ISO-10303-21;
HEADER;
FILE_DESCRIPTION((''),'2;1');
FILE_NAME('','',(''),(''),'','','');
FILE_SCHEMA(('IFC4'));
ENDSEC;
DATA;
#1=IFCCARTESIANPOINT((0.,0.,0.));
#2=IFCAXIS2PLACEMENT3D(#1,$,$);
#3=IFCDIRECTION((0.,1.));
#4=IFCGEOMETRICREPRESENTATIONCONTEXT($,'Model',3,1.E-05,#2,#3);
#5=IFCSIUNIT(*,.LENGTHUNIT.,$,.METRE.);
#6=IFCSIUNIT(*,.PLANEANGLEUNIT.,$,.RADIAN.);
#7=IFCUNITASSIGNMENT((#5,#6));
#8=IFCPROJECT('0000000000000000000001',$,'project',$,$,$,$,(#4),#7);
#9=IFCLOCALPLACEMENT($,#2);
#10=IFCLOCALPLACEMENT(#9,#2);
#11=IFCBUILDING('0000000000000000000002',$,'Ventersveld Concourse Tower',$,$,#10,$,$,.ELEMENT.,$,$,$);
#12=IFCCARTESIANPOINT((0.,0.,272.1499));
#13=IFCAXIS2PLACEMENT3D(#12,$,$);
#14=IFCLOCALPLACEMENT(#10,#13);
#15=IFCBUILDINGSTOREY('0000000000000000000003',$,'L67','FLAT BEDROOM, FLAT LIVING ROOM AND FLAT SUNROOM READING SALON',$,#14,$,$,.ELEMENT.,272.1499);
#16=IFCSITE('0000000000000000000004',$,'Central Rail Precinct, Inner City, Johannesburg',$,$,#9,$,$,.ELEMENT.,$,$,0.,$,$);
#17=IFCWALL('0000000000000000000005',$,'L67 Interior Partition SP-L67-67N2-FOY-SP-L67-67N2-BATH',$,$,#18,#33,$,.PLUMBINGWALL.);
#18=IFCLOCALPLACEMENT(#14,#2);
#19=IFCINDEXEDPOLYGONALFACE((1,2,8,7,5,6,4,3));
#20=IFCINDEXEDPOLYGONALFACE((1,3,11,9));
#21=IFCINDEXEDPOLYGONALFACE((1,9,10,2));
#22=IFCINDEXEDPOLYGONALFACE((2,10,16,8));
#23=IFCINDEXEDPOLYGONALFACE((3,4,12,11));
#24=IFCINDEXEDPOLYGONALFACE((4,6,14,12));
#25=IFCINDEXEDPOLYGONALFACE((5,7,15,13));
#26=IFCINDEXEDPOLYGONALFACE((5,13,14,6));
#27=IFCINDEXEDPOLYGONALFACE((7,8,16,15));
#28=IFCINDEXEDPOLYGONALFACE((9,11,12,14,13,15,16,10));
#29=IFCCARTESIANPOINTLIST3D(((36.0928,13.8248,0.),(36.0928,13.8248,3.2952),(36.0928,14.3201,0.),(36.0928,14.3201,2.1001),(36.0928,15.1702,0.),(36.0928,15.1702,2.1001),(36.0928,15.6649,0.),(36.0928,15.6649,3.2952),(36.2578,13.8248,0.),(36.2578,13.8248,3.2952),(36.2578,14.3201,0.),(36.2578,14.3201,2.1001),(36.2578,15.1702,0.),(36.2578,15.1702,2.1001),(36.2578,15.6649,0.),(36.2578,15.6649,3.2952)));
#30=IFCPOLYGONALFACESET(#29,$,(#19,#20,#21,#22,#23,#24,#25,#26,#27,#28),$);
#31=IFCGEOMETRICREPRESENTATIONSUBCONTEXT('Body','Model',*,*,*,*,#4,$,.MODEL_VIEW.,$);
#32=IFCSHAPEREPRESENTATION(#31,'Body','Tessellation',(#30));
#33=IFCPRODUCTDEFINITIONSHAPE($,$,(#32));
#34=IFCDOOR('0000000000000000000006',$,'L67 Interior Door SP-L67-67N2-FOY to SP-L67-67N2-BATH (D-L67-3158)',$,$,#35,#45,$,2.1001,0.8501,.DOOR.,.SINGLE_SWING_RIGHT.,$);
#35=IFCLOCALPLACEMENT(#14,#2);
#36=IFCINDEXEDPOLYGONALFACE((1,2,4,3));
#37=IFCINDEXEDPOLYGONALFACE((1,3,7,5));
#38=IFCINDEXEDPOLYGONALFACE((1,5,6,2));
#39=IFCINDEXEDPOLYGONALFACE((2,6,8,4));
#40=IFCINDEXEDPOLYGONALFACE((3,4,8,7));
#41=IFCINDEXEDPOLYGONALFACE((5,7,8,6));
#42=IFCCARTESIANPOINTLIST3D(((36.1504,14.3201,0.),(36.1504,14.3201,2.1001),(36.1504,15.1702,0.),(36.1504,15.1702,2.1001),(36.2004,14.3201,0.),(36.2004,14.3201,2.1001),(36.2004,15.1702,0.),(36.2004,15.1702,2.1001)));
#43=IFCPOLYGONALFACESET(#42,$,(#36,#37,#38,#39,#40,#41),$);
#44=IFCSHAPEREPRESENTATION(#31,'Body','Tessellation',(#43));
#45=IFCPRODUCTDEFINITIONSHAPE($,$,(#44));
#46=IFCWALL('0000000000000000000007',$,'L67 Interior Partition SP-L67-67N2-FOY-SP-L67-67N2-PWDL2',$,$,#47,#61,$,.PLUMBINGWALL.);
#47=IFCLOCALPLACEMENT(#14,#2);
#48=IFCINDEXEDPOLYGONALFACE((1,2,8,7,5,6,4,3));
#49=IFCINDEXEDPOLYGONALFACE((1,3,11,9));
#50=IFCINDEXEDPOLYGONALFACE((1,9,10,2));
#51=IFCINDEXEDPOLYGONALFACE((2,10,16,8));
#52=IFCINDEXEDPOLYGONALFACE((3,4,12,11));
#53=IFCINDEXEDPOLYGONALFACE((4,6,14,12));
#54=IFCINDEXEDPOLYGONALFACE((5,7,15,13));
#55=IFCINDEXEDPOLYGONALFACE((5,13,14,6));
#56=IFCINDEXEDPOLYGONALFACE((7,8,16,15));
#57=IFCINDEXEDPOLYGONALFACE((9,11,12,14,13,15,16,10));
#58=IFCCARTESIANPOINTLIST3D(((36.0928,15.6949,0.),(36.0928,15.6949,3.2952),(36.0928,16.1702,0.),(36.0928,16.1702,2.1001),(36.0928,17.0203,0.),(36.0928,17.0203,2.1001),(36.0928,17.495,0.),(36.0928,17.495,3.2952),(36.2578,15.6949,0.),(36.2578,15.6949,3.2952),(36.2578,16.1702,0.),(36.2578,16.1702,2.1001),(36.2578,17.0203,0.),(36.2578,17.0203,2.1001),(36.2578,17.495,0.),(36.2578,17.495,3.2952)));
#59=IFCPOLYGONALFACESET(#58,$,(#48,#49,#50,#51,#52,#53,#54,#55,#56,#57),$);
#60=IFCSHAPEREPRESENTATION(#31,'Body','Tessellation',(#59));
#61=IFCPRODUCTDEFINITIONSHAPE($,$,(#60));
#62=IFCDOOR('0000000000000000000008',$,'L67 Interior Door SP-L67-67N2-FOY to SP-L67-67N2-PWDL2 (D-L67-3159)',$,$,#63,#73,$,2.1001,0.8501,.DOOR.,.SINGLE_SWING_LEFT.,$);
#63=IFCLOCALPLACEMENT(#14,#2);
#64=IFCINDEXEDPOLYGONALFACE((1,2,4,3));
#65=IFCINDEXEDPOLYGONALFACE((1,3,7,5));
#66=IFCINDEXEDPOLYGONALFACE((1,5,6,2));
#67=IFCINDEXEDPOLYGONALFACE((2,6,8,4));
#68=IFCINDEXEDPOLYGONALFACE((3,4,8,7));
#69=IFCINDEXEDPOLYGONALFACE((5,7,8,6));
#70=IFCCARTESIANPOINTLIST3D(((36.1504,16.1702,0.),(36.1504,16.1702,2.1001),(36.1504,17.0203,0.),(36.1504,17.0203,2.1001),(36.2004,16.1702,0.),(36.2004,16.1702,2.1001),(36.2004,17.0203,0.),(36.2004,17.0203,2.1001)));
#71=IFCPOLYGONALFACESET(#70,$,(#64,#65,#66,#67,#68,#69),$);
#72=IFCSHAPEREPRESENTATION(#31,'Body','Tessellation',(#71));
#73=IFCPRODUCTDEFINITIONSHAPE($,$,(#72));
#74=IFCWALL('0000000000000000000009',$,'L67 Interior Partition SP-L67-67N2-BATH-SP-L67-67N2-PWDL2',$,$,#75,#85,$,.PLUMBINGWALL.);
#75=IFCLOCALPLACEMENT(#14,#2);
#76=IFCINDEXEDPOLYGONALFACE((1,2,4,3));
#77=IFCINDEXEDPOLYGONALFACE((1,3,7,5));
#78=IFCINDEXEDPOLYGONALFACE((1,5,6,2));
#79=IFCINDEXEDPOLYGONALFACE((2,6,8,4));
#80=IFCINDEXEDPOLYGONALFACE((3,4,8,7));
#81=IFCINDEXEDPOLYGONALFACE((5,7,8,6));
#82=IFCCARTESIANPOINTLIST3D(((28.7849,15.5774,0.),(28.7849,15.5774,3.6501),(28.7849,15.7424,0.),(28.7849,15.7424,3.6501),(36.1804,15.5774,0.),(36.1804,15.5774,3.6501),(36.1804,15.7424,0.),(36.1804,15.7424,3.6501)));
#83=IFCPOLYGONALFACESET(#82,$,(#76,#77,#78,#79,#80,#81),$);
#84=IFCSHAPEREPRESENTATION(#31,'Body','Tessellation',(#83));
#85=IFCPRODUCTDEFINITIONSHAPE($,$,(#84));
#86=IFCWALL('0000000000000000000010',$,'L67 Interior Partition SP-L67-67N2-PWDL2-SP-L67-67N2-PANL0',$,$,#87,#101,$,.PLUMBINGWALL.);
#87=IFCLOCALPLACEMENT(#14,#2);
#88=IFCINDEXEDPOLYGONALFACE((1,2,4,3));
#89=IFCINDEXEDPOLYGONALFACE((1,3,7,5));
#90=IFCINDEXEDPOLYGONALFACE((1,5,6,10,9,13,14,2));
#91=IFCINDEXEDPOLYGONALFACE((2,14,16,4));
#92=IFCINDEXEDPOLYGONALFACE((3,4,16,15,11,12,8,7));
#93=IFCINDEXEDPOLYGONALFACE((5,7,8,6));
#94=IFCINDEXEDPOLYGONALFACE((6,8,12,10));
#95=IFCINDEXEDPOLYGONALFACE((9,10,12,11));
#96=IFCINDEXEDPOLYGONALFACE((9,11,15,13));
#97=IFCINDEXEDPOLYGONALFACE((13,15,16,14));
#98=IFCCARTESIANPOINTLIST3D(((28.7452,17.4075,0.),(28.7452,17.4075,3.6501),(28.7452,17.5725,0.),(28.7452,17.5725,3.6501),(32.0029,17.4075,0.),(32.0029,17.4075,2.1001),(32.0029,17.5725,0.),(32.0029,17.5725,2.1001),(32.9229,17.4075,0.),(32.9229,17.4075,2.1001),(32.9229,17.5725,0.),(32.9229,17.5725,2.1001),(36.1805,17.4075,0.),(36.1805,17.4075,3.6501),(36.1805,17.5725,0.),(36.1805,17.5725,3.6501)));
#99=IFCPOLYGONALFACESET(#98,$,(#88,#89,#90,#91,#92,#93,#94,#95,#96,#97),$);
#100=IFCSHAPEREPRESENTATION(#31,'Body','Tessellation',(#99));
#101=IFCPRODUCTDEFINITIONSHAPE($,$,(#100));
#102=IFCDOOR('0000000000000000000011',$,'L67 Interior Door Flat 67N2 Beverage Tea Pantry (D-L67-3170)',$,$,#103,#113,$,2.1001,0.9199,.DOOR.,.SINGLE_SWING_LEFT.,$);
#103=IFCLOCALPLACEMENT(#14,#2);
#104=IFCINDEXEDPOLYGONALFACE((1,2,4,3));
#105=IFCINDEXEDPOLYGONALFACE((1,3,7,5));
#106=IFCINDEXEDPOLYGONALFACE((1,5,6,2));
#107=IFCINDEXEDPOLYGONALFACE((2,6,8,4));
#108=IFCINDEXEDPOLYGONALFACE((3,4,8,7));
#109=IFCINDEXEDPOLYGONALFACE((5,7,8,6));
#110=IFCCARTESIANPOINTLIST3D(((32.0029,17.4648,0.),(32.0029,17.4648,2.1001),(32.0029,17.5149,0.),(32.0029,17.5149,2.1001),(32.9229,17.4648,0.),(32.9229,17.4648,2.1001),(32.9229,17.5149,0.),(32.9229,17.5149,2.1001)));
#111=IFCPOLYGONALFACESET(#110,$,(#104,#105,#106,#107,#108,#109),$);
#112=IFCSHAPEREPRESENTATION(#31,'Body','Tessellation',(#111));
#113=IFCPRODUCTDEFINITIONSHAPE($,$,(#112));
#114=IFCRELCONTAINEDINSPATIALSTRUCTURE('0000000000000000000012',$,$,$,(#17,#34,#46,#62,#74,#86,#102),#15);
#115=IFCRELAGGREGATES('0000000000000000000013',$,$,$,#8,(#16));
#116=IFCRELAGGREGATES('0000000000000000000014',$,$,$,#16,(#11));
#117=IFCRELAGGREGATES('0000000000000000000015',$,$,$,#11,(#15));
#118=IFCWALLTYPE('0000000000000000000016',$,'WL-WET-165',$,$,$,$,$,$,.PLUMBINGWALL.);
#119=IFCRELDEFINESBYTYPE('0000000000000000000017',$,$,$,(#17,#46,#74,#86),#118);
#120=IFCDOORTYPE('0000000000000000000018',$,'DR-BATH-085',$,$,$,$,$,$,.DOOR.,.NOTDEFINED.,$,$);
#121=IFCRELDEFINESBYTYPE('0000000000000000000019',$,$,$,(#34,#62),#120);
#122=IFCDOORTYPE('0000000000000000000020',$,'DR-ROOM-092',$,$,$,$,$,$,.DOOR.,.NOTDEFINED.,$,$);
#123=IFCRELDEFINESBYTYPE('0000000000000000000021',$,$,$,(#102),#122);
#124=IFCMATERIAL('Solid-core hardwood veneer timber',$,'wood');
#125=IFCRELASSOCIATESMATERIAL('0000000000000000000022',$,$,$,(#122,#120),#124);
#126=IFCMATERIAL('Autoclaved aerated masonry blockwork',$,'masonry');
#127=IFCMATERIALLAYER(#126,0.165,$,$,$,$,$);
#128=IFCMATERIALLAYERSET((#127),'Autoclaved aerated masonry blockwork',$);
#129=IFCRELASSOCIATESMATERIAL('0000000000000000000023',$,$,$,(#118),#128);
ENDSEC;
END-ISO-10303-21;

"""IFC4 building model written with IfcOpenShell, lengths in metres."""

from ifc_helpers import new_model, si_unit, direction, frame, frame_2d, origin, place, context, subcontext, project, spatial, rectangle, extrude, material, layer, layer_set, type_object, element, fill, save


model = new_model("IFC4")

# Units and contexts
model_context = context("Model", 3, precision=1e-05, world=origin(), true_north=direction((0.0, 1.0)))
body_context = subcontext(model_context, "Body", "Model", "MODEL_VIEW")
ifc_project = project(units=[si_unit("LENGTHUNIT", "METRE"), si_unit("PLANEANGLEUNIT", "RADIAN")], contexts=[model_context])

# Site, building, storey
site_placement = place(None, origin())
site = spatial("IfcSite", under=ifc_project, at=site_placement, Name="Central Rail Precinct, Inner City, Johannesburg", CompositionType="ELEMENT", RefElevation=0.0)
building_placement = place(site_placement, origin())
building = spatial("IfcBuilding", under=site, at=building_placement, Name="Ventersveld Concourse Tower", CompositionType="ELEMENT")
storey_placement = place(building_placement, frame((0.0, 0.0, 272.1499)))
storey = spatial("IfcBuildingStorey", under=building, at=storey_placement, Name="L67", Description="FLAT BEDROOM, FLAT LIVING ROOM AND FLAT SUNROOM READING SALON", CompositionType="ELEMENT", Elevation=272.1499)

# Shared definitions
ifc_material_1 = material(Name="Solid-core hardwood veneer timber", Category="wood")

# Shared definitions
ifc_material_2 = material(Name="Autoclaved aerated masonry blockwork", Category="masonry")
door_type_1 = type_object("IfcDoorType", Name="DR-ROOM-092", OperationType="NOTDEFINED", PredefinedType="DOOR", material=ifc_material_1)

# Walls, openings, doors
ifc_layer_1 = layer(ifc_material_2, 0.165)
ifc_layer_set_1 = layer_set([ifc_layer_1], Name="Autoclaved aerated masonry blockwork")
wall_type_1 = type_object("IfcWallType", Name="WL-WET-165", PredefinedType="PLUMBINGWALL", material=ifc_layer_set_1)
wall_1_placement = place(storey_placement, frame((36.1753, 13.825, 0.0), z_axis=(0.0, 0.0, 1.0), x_axis=(0.0, 1.0, 0.0)))
wall_1 = element("IfcWall", 1, at=wall_1_placement, inside=storey, type_object=wall_type_1, Name="L67 Interior Partition SP-L67-67N2-FOY-SP-L67-67N2-BATH", PredefinedType="PLUMBINGWALL", context=body_context, shape_type="SweptSolid", body=[
    extrude(rectangle(XDim=1.8401, YDim=0.165, at=frame_2d((0.9199, 0.0))), origin(), (0.0, 0.0, 1.0), 3.2952),
])
opening_1_placement = place(wall_1_placement, frame((0.4951, 0.0, 0.0)))
opening_1 = element("IfcOpeningElement", 2, at=opening_1_placement, cuts=wall_1, PredefinedType="OPENING", context=body_context, shape_type="SweptSolid", body=[
    extrude(rectangle(XDim=0.8501, YDim=2.1001, at=frame_2d((0.425, 1.05))), frame((0.0, 0.0925, 0.0), z_axis=(0.0, -1.0, 0.0), x_axis=(1.0, 0.0, 0.0)), (0.0, 0.0, 1.0), 0.1851),
])
door_type_2 = type_object("IfcDoorType", Name="DR-BATH-085", OperationType="NOTDEFINED", PredefinedType="DOOR", material=ifc_material_1)
door_1_placement = place(opening_1_placement, origin())
door_1 = element("IfcDoor", 3, at=door_1_placement, inside=storey, type_object=door_type_2, Name="L67 Interior Door SP-L67-67N2-FOY to SP-L67-67N2-BATH (D-L67-3158)", OperationType="SINGLE_SWING_RIGHT", OverallHeight=2.1001, OverallWidth=0.8501, PredefinedType="DOOR", context=body_context, shape_type="SweptSolid", body=[
    extrude(rectangle(XDim=0.8501, YDim=2.1001, at=frame_2d((0.425, 1.05))), frame((0.0, 0.0249, 0.0), z_axis=(0.0, -1.0, 0.0), x_axis=(1.0, 0.0, 0.0)), (0.0, 0.0, 1.0), 0.05),
])
fill(opening_1, door_1)
wall_2_placement = place(storey_placement, frame((36.1753, 15.6951, 0.0), z_axis=(0.0, 0.0, 1.0), x_axis=(0.0, 1.0, 0.0)))
wall_2 = element("IfcWall", 4, at=wall_2_placement, inside=storey, type_object=wall_type_1, Name="L67 Interior Partition SP-L67-67N2-FOY-SP-L67-67N2-PWDL2", PredefinedType="PLUMBINGWALL", context=body_context, shape_type="SweptSolid", body=[
    extrude(rectangle(XDim=1.8, YDim=0.165, at=frame_2d((0.8999, 0.0))), origin(), (0.0, 0.0, 1.0), 3.2952),
])
opening_2_placement = place(wall_2_placement, frame((0.4751, 0.0, 0.0)))
opening_2 = element("IfcOpeningElement", 5, at=opening_2_placement, cuts=wall_2, PredefinedType="OPENING", context=body_context, shape_type="SweptSolid", body=[
    extrude(rectangle(XDim=0.8501, YDim=2.1001, at=frame_2d((0.425, 1.05))), frame((0.0, 0.0925, 0.0), z_axis=(0.0, -1.0, 0.0), x_axis=(1.0, 0.0, 0.0)), (0.0, 0.0, 1.0), 0.1851),
])
door_2_placement = place(opening_2_placement, origin())
door_2 = element("IfcDoor", 6, at=door_2_placement, inside=storey, type_object=door_type_2, Name="L67 Interior Door SP-L67-67N2-FOY to SP-L67-67N2-PWDL2 (D-L67-3159)", OperationType="SINGLE_SWING_LEFT", OverallHeight=2.1001, OverallWidth=0.8501, PredefinedType="DOOR", context=body_context, shape_type="SweptSolid", body=[
    extrude(rectangle(XDim=0.8501, YDim=2.1001, at=frame_2d((0.425, 1.05))), frame((0.0, 0.0249, 0.0), z_axis=(0.0, -1.0, 0.0), x_axis=(1.0, 0.0, 0.0)), (0.0, 0.0, 1.0), 0.05),
])
fill(opening_2, door_2)

# Wall
wall_3_placement = place(storey_placement, frame((28.7849, 15.6599, 0.0), z_axis=(0.0, 0.0, 1.0), x_axis=(1.0, 0.0, 0.0)))
element("IfcWall", 7, at=wall_3_placement, inside=storey, type_object=wall_type_1, Name="L67 Interior Partition SP-L67-67N2-BATH-SP-L67-67N2-PWDL2", PredefinedType="PLUMBINGWALL", context=body_context, shape_type="SweptSolid", body=[
    extrude(rectangle(XDim=7.3955, YDim=0.165, at=frame_2d((3.6978, 0.0))), origin(), (0.0, 0.0, 1.0), 3.6501),
])

# Wall, opening, door
wall_4_placement = place(storey_placement, frame((28.7451, 17.49, 0.0), z_axis=(0.0, 0.0, 1.0), x_axis=(1.0, 0.0, 0.0)))
wall_4 = element("IfcWall", 8, at=wall_4_placement, inside=storey, type_object=wall_type_1, Name="L67 Interior Partition SP-L67-67N2-PWDL2-SP-L67-67N2-PANL0", PredefinedType="PLUMBINGWALL", context=body_context, shape_type="SweptSolid", body=[
    extrude(rectangle(XDim=7.4353, YDim=0.165, at=frame_2d((3.7178, 0.0))), origin(), (0.0, 0.0, 1.0), 3.6501),
])
opening_3_placement = place(wall_4_placement, frame((3.2578, 0.0, 0.0)))
opening_3 = element("IfcOpeningElement", 9, at=opening_3_placement, cuts=wall_4, PredefinedType="OPENING", context=body_context, shape_type="SweptSolid", body=[
    extrude(rectangle(XDim=0.9199, YDim=2.1001, at=frame_2d((0.46, 1.05))), frame((0.0, 0.0925, 0.0), z_axis=(0.0, -1.0, 0.0), x_axis=(1.0, 0.0, 0.0)), (0.0, 0.0, 1.0), 0.1851),
])
door_3_placement = place(opening_3_placement, origin())
door_3 = element("IfcDoor", 10, at=door_3_placement, inside=storey, type_object=door_type_1, Name="L67 Interior Door Flat 67N2 Beverage Tea Pantry (D-L67-3170)", OperationType="SINGLE_SWING_LEFT", OverallHeight=2.1001, OverallWidth=0.9199, PredefinedType="DOOR", context=body_context, shape_type="SweptSolid", body=[
    extrude(rectangle(XDim=0.9199, YDim=2.1001, at=frame_2d((0.46, 1.05))), frame((0.0, 0.0249, 0.0), z_axis=(0.0, -1.0, 0.0), x_axis=(1.0, 0.0, 0.0)), (0.0, 0.0, 1.0), 0.05),
])
fill(opening_3, door_3)

save(model, "model.ifc")
